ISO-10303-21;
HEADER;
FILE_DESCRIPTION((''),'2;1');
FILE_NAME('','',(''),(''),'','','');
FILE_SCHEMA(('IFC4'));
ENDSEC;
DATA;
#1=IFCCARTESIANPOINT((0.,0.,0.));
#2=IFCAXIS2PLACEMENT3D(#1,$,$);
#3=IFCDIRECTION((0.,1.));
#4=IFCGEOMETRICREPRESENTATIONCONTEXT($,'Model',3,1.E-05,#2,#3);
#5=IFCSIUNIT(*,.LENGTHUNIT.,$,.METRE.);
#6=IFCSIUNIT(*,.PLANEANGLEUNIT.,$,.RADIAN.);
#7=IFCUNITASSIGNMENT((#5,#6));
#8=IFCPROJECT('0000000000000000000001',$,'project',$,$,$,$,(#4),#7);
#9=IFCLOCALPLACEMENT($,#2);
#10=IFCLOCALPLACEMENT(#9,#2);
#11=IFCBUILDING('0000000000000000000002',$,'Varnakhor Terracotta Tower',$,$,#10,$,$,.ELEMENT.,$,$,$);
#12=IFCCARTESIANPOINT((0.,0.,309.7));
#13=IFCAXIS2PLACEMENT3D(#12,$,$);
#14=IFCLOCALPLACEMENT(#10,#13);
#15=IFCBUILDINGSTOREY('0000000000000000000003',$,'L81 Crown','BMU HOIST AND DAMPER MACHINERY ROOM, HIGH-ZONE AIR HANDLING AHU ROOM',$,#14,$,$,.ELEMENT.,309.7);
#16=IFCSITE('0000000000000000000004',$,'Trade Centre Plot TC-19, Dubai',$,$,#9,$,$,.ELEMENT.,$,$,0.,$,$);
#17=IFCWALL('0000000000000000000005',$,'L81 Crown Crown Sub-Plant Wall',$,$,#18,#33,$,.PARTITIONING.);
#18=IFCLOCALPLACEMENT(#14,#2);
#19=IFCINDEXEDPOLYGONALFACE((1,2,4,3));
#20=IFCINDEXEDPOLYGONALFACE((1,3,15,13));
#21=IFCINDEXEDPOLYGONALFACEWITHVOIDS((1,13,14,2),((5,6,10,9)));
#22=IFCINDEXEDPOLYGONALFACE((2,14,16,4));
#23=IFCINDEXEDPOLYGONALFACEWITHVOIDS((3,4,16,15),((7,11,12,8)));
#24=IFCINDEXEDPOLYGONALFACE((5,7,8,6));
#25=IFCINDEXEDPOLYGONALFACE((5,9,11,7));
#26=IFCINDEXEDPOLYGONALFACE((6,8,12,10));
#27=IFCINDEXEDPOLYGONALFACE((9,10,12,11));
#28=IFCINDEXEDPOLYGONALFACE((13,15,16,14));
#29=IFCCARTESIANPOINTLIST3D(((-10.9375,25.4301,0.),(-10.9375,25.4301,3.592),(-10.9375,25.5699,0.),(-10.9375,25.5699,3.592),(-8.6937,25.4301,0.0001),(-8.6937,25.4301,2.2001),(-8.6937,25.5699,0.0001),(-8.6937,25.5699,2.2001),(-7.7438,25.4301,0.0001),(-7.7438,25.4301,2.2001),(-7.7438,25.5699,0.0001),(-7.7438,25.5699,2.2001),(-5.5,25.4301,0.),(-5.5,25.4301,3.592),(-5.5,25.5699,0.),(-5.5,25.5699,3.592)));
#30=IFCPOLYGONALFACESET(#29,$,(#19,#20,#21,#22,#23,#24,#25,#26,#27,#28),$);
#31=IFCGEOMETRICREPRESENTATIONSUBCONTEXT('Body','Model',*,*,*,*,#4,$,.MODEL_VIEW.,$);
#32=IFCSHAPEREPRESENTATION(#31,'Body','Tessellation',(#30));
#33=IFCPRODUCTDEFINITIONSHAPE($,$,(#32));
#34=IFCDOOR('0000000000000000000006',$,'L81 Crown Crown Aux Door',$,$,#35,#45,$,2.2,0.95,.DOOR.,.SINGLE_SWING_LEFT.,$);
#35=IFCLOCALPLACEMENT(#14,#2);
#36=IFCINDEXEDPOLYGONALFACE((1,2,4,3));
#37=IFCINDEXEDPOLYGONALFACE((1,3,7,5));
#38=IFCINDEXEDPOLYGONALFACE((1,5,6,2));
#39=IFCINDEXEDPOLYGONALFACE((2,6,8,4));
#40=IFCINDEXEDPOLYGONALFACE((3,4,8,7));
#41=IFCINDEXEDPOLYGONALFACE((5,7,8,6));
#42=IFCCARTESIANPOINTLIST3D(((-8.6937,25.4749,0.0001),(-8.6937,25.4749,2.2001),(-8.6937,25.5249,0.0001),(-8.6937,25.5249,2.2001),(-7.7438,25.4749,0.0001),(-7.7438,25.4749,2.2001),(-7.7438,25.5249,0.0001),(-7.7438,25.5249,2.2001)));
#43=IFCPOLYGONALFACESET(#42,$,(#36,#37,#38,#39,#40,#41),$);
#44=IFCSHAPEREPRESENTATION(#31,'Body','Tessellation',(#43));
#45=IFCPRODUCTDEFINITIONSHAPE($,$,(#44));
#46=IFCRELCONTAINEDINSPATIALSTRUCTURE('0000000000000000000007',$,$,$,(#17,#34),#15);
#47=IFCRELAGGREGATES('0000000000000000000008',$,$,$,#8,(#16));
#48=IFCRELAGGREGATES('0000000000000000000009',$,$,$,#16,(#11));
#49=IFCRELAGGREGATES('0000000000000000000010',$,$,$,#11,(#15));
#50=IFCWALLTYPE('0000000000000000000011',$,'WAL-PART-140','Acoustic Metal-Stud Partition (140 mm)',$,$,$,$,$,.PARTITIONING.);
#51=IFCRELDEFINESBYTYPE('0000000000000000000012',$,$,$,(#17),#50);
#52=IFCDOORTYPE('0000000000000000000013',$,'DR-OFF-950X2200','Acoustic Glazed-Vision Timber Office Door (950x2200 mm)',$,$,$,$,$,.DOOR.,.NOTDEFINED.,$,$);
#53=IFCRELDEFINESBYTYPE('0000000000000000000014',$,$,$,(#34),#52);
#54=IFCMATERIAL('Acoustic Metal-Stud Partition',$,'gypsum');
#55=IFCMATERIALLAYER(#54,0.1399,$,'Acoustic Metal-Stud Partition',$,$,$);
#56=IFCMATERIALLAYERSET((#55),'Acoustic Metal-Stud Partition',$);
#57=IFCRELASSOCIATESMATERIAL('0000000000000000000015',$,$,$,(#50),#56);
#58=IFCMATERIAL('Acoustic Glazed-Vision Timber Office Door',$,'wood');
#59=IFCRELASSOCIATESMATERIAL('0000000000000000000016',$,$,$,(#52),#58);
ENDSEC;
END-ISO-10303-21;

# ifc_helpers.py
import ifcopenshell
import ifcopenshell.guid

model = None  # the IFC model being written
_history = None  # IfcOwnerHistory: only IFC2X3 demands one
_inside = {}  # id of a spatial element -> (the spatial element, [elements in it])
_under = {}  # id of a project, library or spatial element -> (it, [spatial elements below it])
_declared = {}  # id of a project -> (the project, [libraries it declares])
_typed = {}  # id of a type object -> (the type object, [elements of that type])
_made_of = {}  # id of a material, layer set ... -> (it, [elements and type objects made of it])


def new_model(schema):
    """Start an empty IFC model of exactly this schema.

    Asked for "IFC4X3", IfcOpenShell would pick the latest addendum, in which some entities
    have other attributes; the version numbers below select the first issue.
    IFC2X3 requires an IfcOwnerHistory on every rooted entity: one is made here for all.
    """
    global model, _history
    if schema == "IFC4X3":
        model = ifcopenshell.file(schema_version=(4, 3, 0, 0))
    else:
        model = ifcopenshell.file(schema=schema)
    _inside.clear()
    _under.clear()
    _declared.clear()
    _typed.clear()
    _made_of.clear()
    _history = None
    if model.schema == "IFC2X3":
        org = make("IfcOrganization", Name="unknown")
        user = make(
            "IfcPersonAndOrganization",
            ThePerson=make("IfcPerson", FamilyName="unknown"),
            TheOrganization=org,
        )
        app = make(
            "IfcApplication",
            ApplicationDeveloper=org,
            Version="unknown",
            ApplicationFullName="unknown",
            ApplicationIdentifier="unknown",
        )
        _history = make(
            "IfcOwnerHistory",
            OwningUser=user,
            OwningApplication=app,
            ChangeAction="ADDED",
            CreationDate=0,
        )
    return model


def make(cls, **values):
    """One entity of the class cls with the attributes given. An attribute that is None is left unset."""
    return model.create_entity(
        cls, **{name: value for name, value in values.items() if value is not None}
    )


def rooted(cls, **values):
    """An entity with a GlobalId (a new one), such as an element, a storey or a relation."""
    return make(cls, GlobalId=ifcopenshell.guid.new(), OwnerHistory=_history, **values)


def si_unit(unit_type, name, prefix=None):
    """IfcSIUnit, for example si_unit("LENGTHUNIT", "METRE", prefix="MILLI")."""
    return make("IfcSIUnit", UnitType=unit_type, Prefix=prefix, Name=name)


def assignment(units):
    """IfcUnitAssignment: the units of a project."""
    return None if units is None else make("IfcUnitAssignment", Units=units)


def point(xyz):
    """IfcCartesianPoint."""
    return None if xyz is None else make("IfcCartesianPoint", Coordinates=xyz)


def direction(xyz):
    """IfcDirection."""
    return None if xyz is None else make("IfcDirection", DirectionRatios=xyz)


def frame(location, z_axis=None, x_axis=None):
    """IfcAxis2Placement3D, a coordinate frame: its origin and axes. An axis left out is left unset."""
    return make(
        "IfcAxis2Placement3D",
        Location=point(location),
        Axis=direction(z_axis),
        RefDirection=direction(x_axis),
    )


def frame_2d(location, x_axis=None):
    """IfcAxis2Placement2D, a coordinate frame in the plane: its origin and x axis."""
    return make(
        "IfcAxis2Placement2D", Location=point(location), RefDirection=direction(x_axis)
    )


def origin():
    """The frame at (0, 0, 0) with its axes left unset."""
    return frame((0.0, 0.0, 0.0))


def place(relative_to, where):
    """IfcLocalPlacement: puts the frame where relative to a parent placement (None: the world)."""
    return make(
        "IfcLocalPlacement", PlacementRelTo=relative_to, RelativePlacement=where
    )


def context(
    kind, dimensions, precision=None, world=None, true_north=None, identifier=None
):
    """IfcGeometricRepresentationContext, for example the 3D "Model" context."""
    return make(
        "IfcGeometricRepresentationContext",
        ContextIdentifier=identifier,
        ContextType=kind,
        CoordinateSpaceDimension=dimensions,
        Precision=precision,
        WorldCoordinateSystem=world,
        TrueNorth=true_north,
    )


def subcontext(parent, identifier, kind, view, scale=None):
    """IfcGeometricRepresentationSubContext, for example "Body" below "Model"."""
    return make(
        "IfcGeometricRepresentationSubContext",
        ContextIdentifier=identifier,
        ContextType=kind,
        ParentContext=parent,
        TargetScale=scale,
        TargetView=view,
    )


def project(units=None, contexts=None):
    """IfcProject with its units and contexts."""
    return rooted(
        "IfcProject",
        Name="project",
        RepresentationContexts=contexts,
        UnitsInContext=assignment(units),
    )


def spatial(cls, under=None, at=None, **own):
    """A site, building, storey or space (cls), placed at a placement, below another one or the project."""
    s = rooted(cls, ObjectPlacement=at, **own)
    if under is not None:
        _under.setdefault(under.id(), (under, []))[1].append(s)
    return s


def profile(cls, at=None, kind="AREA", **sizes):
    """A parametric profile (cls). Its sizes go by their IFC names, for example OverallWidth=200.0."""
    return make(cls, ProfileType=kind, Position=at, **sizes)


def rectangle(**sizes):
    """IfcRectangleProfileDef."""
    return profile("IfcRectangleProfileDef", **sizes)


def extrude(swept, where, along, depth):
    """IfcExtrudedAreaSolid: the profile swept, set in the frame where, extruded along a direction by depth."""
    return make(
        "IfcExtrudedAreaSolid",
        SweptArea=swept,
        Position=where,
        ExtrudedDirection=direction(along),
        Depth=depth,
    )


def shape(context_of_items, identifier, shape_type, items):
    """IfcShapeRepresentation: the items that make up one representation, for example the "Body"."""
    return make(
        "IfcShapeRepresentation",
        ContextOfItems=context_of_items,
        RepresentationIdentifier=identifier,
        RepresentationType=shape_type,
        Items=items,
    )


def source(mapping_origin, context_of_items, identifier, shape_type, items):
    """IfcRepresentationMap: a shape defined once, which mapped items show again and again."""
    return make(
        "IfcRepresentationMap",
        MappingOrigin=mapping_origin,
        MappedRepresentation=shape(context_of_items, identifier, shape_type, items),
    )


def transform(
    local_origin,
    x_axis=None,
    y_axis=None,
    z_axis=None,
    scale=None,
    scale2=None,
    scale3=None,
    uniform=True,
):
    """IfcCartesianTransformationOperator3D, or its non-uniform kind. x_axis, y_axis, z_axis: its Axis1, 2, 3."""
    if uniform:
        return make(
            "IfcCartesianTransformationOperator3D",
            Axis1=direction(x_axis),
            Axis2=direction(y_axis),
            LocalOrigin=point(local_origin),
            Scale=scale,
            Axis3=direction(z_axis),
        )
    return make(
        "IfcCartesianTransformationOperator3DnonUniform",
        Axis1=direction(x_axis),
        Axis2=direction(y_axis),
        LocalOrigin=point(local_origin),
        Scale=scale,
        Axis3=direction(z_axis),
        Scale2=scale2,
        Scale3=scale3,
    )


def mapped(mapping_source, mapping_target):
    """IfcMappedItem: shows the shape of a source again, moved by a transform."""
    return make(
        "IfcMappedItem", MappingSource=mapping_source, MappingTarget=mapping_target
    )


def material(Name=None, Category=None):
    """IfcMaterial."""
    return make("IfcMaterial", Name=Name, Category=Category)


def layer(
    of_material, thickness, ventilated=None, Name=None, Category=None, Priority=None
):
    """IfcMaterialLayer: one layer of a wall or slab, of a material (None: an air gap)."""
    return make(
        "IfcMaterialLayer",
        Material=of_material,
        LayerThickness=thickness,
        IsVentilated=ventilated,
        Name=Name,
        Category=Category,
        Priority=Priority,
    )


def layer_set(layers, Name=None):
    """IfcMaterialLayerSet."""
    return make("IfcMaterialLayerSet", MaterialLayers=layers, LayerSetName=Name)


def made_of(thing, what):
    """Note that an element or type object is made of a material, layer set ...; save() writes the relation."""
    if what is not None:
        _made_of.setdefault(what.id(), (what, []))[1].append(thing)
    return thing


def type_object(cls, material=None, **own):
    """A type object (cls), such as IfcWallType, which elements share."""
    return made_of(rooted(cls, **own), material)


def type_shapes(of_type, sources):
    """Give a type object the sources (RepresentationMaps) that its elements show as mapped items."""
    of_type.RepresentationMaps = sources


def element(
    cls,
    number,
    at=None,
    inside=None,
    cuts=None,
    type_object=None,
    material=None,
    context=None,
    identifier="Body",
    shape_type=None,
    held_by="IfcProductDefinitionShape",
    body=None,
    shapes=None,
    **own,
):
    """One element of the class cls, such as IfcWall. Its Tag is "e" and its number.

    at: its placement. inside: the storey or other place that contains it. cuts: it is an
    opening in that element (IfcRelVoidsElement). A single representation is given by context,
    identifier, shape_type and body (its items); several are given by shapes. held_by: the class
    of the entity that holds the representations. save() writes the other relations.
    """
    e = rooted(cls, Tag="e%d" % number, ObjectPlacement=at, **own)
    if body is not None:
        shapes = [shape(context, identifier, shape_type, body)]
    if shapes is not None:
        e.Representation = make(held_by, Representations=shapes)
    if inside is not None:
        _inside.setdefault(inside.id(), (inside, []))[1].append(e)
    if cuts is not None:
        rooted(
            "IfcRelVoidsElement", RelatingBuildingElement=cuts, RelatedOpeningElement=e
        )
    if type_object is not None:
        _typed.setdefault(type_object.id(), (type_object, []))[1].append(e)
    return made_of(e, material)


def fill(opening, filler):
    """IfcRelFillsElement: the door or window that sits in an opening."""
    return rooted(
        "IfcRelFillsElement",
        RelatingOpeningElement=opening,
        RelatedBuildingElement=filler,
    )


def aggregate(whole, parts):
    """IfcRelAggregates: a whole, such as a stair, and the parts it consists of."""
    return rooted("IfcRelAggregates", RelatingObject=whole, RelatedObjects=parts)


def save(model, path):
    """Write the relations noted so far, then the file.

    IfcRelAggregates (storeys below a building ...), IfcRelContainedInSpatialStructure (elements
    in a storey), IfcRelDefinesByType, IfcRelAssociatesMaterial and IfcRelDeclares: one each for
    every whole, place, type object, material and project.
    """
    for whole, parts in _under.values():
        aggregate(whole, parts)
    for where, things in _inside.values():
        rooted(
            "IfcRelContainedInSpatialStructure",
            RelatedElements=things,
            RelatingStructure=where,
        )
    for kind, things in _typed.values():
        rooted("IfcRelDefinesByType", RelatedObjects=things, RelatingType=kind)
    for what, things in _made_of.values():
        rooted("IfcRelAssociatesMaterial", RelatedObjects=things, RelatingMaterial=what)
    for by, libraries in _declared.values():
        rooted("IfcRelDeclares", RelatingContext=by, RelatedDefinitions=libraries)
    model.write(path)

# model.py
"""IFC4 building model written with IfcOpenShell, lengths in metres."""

from ifc_helpers import new_model, si_unit, direction, frame, frame_2d, origin, place, context, subcontext, project, spatial, rectangle, extrude, source, transform, mapped, material, layer, layer_set, type_object, type_shapes, element, fill, save


model = new_model("IFC4")

# Units and contexts
model_context = context("Model", 3, precision=1e-05, world=origin(), true_north=direction((0.0, 1.0)))
body_context = subcontext(model_context, "Body", "Model", "MODEL_VIEW")
ifc_project = project(units=[si_unit("LENGTHUNIT", "METRE"), si_unit("PLANEANGLEUNIT", "RADIAN")], contexts=[model_context])

# Site, building, storey
site_placement = place(None, origin())
site = spatial("IfcSite", under=ifc_project, at=site_placement, Name="Trade Centre Plot TC-19, Dubai", CompositionType="ELEMENT", RefElevation=0.0)
building_placement = place(site_placement, origin())
building = spatial("IfcBuilding", under=site, at=building_placement, Name="Varnakhor Terracotta Tower", CompositionType="ELEMENT")
storey_placement = place(building_placement, frame((0.0, 0.0, 309.7)))
storey = spatial("IfcBuildingStorey", under=building, at=storey_placement, Name="L81 Crown", Description="BMU HOIST AND DAMPER MACHINERY ROOM, HIGH-ZONE AIR HANDLING AHU ROOM", CompositionType="ELEMENT", Elevation=309.7)

# Wall, opening, door
ifc_material_1 = material(Name="Acoustic Metal-Stud Partition", Category="gypsum")
ifc_layer_1 = layer(ifc_material_1, 0.1399, Name="Acoustic Metal-Stud Partition")
ifc_layer_set_1 = layer_set([ifc_layer_1], Name="Acoustic Metal-Stud Partition")
wall_type = type_object("IfcWallType", Name="WAL-PART-140", Description="Acoustic Metal-Stud Partition (140 mm)", PredefinedType="PARTITIONING", material=ifc_layer_set_1)
wall_placement = place(storey_placement, frame((-10.9375, 25.5, 0.0), z_axis=(0.0, 0.0, 1.0), x_axis=(1.0, 0.0, 0.0)))
wall = element("IfcWall", 1, at=wall_placement, inside=storey, type_object=wall_type, Name="L81 Crown Crown Sub-Plant Wall", PredefinedType="PARTITIONING", context=body_context, shape_type="SweptSolid", body=[
    extrude(rectangle(XDim=5.4375, YDim=0.1399, at=frame_2d((2.7188, 0.0))), origin(), (0.0, 0.0, 1.0), 3.592),
])
opening_placement = place(wall_placement, frame((2.2437, 0.0, 0.0)))
opening = element("IfcOpeningElement", 2, at=opening_placement, cuts=wall, PredefinedType="OPENING", context=body_context, shape_type="SweptSolid", body=[
    extrude(rectangle(XDim=0.95, YDim=2.2, at=frame_2d((0.4751, 1.1001))), frame((0.0, 0.0801, 0.0), z_axis=(0.0, -1.0, 0.0), x_axis=(1.0, 0.0, 0.0)), (0.0, 0.0, 1.0), 0.1599),
])
ifc_material_2 = material(Name="Acoustic Glazed-Vision Timber Office Door", Category="wood")
door_type = type_object("IfcDoorType", Name="DR-OFF-950X2200", Description="Acoustic Glazed-Vision Timber Office Door (950x2200 mm)", OperationType="NOTDEFINED", PredefinedType="DOOR", material=ifc_material_2)
shared_shape_1 = source(origin(), body_context, "Body", "SweptSolid", [
    extrude(rectangle(XDim=0.95, YDim=2.2, at=frame_2d((0.4751, 1.1001))), frame((0.0, 0.0249, 0.0), z_axis=(0.0, -1.0, 0.0), x_axis=(1.0, 0.0, 0.0)), (0.0, 0.0, 1.0), 0.05),
])
type_shapes(door_type, [shared_shape_1])
door_placement = place(opening_placement, origin())
door = element("IfcDoor", 3, at=door_placement, inside=storey, type_object=door_type, Name="L81 Crown Crown Aux Door", OperationType="SINGLE_SWING_LEFT", OverallHeight=2.2, OverallWidth=0.95, PredefinedType="DOOR", context=body_context, shape_type="MappedRepresentation", body=[
    mapped(shared_shape_1, transform((0.0, 0.0, 0.0), scale=1.0)),
])
fill(opening, door)

save(model, "model.ifc")
